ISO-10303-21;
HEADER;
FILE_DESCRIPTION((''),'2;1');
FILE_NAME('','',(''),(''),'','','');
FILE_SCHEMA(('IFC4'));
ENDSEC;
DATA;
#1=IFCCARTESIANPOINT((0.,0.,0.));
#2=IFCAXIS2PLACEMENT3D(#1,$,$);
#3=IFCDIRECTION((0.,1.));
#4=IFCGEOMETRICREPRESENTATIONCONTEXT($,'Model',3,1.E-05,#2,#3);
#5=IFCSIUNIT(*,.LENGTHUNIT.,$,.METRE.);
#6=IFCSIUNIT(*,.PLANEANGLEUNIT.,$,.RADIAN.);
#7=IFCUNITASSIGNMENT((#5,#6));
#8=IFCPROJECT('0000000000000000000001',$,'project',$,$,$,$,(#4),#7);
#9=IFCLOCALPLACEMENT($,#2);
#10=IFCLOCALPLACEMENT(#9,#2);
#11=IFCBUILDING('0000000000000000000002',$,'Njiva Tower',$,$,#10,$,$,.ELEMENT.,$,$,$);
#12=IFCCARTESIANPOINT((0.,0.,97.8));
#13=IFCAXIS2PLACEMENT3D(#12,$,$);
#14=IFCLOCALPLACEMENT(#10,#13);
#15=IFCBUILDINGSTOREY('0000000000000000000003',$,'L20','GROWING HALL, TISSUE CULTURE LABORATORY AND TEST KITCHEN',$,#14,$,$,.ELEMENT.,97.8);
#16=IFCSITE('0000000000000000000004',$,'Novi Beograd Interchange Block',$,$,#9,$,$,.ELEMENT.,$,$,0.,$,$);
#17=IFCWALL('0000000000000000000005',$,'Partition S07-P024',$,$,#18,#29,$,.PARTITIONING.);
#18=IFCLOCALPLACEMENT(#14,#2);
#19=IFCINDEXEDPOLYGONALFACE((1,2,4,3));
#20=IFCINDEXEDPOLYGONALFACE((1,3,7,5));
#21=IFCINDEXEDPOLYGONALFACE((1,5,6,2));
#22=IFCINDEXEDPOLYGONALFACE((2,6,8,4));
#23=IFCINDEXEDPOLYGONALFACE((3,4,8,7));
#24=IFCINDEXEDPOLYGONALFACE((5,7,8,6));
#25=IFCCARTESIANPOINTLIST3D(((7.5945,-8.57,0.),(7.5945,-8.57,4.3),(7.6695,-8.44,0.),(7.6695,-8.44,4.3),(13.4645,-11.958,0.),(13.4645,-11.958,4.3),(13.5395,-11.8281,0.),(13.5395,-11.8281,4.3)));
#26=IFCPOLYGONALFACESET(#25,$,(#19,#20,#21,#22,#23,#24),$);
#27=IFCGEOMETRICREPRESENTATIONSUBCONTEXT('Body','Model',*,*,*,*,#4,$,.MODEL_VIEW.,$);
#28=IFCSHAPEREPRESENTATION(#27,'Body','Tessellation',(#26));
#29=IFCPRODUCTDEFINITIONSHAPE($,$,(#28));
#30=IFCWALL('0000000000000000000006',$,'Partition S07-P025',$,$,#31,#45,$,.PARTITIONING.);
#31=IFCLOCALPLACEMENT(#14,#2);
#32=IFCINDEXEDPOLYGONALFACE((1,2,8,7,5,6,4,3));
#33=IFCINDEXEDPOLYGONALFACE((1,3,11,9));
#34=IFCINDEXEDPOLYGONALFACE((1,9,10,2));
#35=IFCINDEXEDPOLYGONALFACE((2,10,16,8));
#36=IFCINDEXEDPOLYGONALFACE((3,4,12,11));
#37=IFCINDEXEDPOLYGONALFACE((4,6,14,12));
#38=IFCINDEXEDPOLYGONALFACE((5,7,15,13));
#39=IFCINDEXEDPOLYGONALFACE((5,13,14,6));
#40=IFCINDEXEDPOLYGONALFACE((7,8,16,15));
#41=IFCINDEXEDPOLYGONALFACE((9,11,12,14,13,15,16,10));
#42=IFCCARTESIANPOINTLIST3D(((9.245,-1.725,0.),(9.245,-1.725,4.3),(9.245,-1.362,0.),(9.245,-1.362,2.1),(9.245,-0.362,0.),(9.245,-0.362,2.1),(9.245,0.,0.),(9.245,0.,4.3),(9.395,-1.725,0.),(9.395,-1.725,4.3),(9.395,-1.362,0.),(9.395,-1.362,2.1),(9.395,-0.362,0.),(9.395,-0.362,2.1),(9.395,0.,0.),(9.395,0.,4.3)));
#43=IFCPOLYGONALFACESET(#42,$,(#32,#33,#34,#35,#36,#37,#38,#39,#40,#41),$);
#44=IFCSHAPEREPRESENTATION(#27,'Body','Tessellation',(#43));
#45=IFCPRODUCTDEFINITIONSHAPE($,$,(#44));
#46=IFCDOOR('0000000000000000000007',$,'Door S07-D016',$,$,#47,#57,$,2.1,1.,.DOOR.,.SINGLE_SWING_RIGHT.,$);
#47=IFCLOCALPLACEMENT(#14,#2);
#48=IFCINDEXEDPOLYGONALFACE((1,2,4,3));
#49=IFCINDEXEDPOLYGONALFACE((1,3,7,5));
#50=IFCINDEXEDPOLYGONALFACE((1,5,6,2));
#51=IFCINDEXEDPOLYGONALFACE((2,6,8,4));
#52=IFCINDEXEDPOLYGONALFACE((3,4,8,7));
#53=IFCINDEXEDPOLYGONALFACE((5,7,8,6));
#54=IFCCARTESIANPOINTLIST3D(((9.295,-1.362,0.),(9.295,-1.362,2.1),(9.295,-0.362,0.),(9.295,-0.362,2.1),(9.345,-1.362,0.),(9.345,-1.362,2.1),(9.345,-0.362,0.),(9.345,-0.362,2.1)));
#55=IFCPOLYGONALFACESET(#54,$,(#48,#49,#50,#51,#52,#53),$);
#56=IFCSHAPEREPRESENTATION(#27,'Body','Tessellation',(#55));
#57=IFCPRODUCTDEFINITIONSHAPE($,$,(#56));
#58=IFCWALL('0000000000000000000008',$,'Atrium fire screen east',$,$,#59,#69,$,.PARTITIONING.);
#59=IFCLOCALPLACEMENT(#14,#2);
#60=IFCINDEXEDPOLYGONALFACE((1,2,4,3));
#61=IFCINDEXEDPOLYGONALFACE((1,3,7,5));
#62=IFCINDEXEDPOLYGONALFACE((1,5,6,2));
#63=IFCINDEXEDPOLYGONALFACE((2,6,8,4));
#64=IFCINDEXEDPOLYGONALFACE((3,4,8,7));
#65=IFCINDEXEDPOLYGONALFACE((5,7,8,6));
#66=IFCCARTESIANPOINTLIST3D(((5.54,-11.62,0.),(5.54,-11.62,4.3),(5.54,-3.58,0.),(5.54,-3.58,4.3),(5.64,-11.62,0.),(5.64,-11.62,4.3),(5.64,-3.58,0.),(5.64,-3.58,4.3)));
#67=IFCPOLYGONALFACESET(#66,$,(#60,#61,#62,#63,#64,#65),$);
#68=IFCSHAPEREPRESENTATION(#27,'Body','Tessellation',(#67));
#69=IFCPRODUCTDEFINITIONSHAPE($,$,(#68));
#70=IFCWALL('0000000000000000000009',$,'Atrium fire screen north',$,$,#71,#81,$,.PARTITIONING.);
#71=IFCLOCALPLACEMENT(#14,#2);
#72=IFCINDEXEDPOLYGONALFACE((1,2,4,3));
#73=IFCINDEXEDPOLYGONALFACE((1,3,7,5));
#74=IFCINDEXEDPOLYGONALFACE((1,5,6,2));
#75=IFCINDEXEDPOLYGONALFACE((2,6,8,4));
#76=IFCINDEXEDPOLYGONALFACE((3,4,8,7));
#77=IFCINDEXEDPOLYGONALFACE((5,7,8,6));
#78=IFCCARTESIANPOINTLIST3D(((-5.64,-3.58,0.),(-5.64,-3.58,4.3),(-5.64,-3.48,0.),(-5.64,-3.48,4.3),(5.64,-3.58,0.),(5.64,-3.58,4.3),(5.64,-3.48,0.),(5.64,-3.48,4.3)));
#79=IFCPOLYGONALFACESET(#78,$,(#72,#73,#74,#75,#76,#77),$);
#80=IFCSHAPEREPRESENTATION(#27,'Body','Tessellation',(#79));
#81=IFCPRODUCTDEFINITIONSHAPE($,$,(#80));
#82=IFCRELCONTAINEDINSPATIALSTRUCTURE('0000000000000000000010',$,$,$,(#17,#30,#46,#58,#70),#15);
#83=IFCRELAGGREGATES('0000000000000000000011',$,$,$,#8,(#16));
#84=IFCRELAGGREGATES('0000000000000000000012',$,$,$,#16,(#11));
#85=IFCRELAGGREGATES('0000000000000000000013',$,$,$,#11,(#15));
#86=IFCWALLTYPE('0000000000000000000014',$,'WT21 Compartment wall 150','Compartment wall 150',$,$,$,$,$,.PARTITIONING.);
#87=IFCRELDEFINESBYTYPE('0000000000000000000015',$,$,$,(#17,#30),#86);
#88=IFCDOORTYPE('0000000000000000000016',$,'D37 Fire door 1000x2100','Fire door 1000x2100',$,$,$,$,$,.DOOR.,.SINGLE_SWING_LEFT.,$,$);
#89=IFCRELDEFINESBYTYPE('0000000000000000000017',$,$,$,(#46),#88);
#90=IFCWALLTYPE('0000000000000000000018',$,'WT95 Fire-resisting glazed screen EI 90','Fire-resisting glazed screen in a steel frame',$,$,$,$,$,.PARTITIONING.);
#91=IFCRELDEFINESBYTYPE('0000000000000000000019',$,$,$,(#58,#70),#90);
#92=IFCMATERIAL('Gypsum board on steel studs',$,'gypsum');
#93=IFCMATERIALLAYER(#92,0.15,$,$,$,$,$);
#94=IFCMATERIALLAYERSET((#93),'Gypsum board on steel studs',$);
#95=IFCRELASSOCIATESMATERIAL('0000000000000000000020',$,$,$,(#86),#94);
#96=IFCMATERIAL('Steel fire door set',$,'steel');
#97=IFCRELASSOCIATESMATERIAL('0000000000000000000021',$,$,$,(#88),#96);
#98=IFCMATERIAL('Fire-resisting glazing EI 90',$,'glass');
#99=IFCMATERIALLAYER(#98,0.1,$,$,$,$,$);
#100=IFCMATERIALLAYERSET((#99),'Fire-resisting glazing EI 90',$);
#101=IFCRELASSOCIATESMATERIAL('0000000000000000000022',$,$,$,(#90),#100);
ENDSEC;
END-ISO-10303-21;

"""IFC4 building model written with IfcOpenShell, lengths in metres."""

from ifc_helpers import new_model, si_unit, direction, frame, frame_2d, origin, place, context, subcontext, project, spatial, rectangle, extrude, material, layer, layer_set, type_object, element, fill, save


model = new_model("IFC4")

# Units and contexts
model_context = context("Model", 3, precision=1e-05, world=origin(), true_north=direction((0.0, 1.0)))
body_context = subcontext(model_context, "Body", "Model", "MODEL_VIEW")
ifc_project = project(units=[si_unit("LENGTHUNIT", "METRE"), si_unit("PLANEANGLEUNIT", "RADIAN")], contexts=[model_context])

# Site, building, storey
site_placement = place(None, origin())
site = spatial("IfcSite", under=ifc_project, at=site_placement, Name="Novi Beograd Interchange Block", CompositionType="ELEMENT", RefElevation=0.0)
building_placement = place(site_placement, origin())
building = spatial("IfcBuilding", under=site, at=building_placement, Name="Njiva Tower", CompositionType="ELEMENT")
storey_placement = place(building_placement, frame((0.0, 0.0, 97.8)))
storey = spatial("IfcBuildingStorey", under=building, at=storey_placement, Name="L20", Description="GROWING HALL, TISSUE CULTURE LABORATORY AND TEST KITCHEN", CompositionType="ELEMENT", Elevation=97.8)

# Shared definitions
ifc_material_1 = material(Name="Gypsum board on steel studs", Category="gypsum")
ifc_layer_1 = layer(ifc_material_1, 0.15)
ifc_layer_set_1 = layer_set([ifc_layer_1], Name="Gypsum board on steel studs")
wall_type_1 = type_object("IfcWallType", Name="WT21 Compartment wall 150", Description="Compartment wall 150", PredefinedType="PARTITIONING", material=ifc_layer_set_1)

# Shared definitions
ifc_material_2 = material(Name="Steel fire door set", Category="steel")
door_type = type_object("IfcDoorType", Name="D37 Fire door 1000x2100", Description="Fire door 1000x2100", OperationType="SINGLE_SWING_LEFT", PredefinedType="DOOR", material=ifc_material_2)

# Wall
wall_1_placement = place(storey_placement, frame((7.632, -8.505, 0.0), z_axis=(0.0, 0.0, 1.0), x_axis=(0.866092, -0.499884, 0.0)))
element("IfcWall", 1, at=wall_1_placement, inside=storey, type_object=wall_type_1, Name="Partition S07-P024", PredefinedType="PARTITIONING", context=body_context, shape_type="SweptSolid", body=[
    extrude(rectangle(XDim=6.7776, YDim=0.15, at=frame_2d((3.3888, 0.0))), origin(), (0.0, 0.0, 1.0), 4.3),
])

# Wall, opening, door
wall_2_placement = place(storey_placement, frame((9.32, -1.725, 0.0), z_axis=(0.0, 0.0, 1.0), x_axis=(0.0, 1.0, 0.0)))
wall_2 = element("IfcWall", 2, at=wall_2_placement, inside=storey, type_object=wall_type_1, Name="Partition S07-P025", PredefinedType="PARTITIONING", context=body_context, shape_type="SweptSolid", body=[
    extrude(rectangle(XDim=1.725, YDim=0.15, at=frame_2d((0.8625, 0.0))), origin(), (0.0, 0.0, 1.0), 4.3),
])
opening_1_placement = place(wall_2_placement, frame((0.363, 0.0, 0.0)))
opening_1 = element("IfcOpeningElement", 3, at=opening_1_placement, cuts=wall_2, PredefinedType="OPENING", context=body_context, shape_type="SweptSolid", body=[
    extrude(rectangle(XDim=1.0, YDim=2.1, at=frame_2d((0.5, 1.05))), frame((0.0, 0.085, 0.0), z_axis=(0.0, -1.0, 0.0), x_axis=(1.0, 0.0, 0.0)), (0.0, 0.0, 1.0), 0.17),
])
door_1_placement = place(opening_1_placement, origin())
door_1 = element("IfcDoor", 4, at=door_1_placement, inside=storey, type_object=door_type, Name="Door S07-D016", OperationType="SINGLE_SWING_RIGHT", OverallHeight=2.1, OverallWidth=1.0, PredefinedType="DOOR", context=body_context, shape_type="SweptSolid", body=[
    extrude(rectangle(XDim=1.0, YDim=2.1, at=frame_2d((0.5, 1.05))), frame((0.0, 0.025, 0.0), z_axis=(0.0, -1.0, 0.0), x_axis=(1.0, 0.0, 0.0)), (0.0, 0.0, 1.0), 0.05),
])
fill(opening_1, door_1)

# Walls
ifc_material_3 = material(Name="Fire-resisting glazing EI 90", Category="glass")
ifc_layer_2 = layer(ifc_material_3, 0.1)
ifc_layer_set_2 = layer_set([ifc_layer_2], Name="Fire-resisting glazing EI 90")
wall_type_2 = type_object("IfcWallType", Name="WT95 Fire-resisting glazed screen EI 90", Description="Fire-resisting glazed screen in a steel frame", PredefinedType="PARTITIONING", material=ifc_layer_set_2)
wall_3_placement = place(storey_placement, frame((5.59, -11.62, 0.0), z_axis=(0.0, 0.0, 1.0), x_axis=(0.0, 1.0, 0.0)))
element("IfcWall", 5, at=wall_3_placement, inside=storey, type_object=wall_type_2, Name="Atrium fire screen east", PredefinedType="PARTITIONING", context=body_context, shape_type="SweptSolid", body=[
    extrude(rectangle(XDim=8.04, YDim=0.1, at=frame_2d((4.02, 0.0))), origin(), (0.0, 0.0, 1.0), 4.3),
])
wall_4_placement = place(storey_placement, frame((5.64, -3.53, 0.0), z_axis=(0.0, 0.0, 1.0), x_axis=(-1.0, 0.0, 0.0)))
element("IfcWall", 6, at=wall_4_placement, inside=storey, type_object=wall_type_2, Name="Atrium fire screen north", PredefinedType="PARTITIONING", context=body_context, shape_type="SweptSolid", body=[
    extrude(rectangle(XDim=11.28, YDim=0.1, at=frame_2d((5.64, 0.0))), origin(), (0.0, 0.0, 1.0), 4.3),
])

save(model, "model.ifc")
